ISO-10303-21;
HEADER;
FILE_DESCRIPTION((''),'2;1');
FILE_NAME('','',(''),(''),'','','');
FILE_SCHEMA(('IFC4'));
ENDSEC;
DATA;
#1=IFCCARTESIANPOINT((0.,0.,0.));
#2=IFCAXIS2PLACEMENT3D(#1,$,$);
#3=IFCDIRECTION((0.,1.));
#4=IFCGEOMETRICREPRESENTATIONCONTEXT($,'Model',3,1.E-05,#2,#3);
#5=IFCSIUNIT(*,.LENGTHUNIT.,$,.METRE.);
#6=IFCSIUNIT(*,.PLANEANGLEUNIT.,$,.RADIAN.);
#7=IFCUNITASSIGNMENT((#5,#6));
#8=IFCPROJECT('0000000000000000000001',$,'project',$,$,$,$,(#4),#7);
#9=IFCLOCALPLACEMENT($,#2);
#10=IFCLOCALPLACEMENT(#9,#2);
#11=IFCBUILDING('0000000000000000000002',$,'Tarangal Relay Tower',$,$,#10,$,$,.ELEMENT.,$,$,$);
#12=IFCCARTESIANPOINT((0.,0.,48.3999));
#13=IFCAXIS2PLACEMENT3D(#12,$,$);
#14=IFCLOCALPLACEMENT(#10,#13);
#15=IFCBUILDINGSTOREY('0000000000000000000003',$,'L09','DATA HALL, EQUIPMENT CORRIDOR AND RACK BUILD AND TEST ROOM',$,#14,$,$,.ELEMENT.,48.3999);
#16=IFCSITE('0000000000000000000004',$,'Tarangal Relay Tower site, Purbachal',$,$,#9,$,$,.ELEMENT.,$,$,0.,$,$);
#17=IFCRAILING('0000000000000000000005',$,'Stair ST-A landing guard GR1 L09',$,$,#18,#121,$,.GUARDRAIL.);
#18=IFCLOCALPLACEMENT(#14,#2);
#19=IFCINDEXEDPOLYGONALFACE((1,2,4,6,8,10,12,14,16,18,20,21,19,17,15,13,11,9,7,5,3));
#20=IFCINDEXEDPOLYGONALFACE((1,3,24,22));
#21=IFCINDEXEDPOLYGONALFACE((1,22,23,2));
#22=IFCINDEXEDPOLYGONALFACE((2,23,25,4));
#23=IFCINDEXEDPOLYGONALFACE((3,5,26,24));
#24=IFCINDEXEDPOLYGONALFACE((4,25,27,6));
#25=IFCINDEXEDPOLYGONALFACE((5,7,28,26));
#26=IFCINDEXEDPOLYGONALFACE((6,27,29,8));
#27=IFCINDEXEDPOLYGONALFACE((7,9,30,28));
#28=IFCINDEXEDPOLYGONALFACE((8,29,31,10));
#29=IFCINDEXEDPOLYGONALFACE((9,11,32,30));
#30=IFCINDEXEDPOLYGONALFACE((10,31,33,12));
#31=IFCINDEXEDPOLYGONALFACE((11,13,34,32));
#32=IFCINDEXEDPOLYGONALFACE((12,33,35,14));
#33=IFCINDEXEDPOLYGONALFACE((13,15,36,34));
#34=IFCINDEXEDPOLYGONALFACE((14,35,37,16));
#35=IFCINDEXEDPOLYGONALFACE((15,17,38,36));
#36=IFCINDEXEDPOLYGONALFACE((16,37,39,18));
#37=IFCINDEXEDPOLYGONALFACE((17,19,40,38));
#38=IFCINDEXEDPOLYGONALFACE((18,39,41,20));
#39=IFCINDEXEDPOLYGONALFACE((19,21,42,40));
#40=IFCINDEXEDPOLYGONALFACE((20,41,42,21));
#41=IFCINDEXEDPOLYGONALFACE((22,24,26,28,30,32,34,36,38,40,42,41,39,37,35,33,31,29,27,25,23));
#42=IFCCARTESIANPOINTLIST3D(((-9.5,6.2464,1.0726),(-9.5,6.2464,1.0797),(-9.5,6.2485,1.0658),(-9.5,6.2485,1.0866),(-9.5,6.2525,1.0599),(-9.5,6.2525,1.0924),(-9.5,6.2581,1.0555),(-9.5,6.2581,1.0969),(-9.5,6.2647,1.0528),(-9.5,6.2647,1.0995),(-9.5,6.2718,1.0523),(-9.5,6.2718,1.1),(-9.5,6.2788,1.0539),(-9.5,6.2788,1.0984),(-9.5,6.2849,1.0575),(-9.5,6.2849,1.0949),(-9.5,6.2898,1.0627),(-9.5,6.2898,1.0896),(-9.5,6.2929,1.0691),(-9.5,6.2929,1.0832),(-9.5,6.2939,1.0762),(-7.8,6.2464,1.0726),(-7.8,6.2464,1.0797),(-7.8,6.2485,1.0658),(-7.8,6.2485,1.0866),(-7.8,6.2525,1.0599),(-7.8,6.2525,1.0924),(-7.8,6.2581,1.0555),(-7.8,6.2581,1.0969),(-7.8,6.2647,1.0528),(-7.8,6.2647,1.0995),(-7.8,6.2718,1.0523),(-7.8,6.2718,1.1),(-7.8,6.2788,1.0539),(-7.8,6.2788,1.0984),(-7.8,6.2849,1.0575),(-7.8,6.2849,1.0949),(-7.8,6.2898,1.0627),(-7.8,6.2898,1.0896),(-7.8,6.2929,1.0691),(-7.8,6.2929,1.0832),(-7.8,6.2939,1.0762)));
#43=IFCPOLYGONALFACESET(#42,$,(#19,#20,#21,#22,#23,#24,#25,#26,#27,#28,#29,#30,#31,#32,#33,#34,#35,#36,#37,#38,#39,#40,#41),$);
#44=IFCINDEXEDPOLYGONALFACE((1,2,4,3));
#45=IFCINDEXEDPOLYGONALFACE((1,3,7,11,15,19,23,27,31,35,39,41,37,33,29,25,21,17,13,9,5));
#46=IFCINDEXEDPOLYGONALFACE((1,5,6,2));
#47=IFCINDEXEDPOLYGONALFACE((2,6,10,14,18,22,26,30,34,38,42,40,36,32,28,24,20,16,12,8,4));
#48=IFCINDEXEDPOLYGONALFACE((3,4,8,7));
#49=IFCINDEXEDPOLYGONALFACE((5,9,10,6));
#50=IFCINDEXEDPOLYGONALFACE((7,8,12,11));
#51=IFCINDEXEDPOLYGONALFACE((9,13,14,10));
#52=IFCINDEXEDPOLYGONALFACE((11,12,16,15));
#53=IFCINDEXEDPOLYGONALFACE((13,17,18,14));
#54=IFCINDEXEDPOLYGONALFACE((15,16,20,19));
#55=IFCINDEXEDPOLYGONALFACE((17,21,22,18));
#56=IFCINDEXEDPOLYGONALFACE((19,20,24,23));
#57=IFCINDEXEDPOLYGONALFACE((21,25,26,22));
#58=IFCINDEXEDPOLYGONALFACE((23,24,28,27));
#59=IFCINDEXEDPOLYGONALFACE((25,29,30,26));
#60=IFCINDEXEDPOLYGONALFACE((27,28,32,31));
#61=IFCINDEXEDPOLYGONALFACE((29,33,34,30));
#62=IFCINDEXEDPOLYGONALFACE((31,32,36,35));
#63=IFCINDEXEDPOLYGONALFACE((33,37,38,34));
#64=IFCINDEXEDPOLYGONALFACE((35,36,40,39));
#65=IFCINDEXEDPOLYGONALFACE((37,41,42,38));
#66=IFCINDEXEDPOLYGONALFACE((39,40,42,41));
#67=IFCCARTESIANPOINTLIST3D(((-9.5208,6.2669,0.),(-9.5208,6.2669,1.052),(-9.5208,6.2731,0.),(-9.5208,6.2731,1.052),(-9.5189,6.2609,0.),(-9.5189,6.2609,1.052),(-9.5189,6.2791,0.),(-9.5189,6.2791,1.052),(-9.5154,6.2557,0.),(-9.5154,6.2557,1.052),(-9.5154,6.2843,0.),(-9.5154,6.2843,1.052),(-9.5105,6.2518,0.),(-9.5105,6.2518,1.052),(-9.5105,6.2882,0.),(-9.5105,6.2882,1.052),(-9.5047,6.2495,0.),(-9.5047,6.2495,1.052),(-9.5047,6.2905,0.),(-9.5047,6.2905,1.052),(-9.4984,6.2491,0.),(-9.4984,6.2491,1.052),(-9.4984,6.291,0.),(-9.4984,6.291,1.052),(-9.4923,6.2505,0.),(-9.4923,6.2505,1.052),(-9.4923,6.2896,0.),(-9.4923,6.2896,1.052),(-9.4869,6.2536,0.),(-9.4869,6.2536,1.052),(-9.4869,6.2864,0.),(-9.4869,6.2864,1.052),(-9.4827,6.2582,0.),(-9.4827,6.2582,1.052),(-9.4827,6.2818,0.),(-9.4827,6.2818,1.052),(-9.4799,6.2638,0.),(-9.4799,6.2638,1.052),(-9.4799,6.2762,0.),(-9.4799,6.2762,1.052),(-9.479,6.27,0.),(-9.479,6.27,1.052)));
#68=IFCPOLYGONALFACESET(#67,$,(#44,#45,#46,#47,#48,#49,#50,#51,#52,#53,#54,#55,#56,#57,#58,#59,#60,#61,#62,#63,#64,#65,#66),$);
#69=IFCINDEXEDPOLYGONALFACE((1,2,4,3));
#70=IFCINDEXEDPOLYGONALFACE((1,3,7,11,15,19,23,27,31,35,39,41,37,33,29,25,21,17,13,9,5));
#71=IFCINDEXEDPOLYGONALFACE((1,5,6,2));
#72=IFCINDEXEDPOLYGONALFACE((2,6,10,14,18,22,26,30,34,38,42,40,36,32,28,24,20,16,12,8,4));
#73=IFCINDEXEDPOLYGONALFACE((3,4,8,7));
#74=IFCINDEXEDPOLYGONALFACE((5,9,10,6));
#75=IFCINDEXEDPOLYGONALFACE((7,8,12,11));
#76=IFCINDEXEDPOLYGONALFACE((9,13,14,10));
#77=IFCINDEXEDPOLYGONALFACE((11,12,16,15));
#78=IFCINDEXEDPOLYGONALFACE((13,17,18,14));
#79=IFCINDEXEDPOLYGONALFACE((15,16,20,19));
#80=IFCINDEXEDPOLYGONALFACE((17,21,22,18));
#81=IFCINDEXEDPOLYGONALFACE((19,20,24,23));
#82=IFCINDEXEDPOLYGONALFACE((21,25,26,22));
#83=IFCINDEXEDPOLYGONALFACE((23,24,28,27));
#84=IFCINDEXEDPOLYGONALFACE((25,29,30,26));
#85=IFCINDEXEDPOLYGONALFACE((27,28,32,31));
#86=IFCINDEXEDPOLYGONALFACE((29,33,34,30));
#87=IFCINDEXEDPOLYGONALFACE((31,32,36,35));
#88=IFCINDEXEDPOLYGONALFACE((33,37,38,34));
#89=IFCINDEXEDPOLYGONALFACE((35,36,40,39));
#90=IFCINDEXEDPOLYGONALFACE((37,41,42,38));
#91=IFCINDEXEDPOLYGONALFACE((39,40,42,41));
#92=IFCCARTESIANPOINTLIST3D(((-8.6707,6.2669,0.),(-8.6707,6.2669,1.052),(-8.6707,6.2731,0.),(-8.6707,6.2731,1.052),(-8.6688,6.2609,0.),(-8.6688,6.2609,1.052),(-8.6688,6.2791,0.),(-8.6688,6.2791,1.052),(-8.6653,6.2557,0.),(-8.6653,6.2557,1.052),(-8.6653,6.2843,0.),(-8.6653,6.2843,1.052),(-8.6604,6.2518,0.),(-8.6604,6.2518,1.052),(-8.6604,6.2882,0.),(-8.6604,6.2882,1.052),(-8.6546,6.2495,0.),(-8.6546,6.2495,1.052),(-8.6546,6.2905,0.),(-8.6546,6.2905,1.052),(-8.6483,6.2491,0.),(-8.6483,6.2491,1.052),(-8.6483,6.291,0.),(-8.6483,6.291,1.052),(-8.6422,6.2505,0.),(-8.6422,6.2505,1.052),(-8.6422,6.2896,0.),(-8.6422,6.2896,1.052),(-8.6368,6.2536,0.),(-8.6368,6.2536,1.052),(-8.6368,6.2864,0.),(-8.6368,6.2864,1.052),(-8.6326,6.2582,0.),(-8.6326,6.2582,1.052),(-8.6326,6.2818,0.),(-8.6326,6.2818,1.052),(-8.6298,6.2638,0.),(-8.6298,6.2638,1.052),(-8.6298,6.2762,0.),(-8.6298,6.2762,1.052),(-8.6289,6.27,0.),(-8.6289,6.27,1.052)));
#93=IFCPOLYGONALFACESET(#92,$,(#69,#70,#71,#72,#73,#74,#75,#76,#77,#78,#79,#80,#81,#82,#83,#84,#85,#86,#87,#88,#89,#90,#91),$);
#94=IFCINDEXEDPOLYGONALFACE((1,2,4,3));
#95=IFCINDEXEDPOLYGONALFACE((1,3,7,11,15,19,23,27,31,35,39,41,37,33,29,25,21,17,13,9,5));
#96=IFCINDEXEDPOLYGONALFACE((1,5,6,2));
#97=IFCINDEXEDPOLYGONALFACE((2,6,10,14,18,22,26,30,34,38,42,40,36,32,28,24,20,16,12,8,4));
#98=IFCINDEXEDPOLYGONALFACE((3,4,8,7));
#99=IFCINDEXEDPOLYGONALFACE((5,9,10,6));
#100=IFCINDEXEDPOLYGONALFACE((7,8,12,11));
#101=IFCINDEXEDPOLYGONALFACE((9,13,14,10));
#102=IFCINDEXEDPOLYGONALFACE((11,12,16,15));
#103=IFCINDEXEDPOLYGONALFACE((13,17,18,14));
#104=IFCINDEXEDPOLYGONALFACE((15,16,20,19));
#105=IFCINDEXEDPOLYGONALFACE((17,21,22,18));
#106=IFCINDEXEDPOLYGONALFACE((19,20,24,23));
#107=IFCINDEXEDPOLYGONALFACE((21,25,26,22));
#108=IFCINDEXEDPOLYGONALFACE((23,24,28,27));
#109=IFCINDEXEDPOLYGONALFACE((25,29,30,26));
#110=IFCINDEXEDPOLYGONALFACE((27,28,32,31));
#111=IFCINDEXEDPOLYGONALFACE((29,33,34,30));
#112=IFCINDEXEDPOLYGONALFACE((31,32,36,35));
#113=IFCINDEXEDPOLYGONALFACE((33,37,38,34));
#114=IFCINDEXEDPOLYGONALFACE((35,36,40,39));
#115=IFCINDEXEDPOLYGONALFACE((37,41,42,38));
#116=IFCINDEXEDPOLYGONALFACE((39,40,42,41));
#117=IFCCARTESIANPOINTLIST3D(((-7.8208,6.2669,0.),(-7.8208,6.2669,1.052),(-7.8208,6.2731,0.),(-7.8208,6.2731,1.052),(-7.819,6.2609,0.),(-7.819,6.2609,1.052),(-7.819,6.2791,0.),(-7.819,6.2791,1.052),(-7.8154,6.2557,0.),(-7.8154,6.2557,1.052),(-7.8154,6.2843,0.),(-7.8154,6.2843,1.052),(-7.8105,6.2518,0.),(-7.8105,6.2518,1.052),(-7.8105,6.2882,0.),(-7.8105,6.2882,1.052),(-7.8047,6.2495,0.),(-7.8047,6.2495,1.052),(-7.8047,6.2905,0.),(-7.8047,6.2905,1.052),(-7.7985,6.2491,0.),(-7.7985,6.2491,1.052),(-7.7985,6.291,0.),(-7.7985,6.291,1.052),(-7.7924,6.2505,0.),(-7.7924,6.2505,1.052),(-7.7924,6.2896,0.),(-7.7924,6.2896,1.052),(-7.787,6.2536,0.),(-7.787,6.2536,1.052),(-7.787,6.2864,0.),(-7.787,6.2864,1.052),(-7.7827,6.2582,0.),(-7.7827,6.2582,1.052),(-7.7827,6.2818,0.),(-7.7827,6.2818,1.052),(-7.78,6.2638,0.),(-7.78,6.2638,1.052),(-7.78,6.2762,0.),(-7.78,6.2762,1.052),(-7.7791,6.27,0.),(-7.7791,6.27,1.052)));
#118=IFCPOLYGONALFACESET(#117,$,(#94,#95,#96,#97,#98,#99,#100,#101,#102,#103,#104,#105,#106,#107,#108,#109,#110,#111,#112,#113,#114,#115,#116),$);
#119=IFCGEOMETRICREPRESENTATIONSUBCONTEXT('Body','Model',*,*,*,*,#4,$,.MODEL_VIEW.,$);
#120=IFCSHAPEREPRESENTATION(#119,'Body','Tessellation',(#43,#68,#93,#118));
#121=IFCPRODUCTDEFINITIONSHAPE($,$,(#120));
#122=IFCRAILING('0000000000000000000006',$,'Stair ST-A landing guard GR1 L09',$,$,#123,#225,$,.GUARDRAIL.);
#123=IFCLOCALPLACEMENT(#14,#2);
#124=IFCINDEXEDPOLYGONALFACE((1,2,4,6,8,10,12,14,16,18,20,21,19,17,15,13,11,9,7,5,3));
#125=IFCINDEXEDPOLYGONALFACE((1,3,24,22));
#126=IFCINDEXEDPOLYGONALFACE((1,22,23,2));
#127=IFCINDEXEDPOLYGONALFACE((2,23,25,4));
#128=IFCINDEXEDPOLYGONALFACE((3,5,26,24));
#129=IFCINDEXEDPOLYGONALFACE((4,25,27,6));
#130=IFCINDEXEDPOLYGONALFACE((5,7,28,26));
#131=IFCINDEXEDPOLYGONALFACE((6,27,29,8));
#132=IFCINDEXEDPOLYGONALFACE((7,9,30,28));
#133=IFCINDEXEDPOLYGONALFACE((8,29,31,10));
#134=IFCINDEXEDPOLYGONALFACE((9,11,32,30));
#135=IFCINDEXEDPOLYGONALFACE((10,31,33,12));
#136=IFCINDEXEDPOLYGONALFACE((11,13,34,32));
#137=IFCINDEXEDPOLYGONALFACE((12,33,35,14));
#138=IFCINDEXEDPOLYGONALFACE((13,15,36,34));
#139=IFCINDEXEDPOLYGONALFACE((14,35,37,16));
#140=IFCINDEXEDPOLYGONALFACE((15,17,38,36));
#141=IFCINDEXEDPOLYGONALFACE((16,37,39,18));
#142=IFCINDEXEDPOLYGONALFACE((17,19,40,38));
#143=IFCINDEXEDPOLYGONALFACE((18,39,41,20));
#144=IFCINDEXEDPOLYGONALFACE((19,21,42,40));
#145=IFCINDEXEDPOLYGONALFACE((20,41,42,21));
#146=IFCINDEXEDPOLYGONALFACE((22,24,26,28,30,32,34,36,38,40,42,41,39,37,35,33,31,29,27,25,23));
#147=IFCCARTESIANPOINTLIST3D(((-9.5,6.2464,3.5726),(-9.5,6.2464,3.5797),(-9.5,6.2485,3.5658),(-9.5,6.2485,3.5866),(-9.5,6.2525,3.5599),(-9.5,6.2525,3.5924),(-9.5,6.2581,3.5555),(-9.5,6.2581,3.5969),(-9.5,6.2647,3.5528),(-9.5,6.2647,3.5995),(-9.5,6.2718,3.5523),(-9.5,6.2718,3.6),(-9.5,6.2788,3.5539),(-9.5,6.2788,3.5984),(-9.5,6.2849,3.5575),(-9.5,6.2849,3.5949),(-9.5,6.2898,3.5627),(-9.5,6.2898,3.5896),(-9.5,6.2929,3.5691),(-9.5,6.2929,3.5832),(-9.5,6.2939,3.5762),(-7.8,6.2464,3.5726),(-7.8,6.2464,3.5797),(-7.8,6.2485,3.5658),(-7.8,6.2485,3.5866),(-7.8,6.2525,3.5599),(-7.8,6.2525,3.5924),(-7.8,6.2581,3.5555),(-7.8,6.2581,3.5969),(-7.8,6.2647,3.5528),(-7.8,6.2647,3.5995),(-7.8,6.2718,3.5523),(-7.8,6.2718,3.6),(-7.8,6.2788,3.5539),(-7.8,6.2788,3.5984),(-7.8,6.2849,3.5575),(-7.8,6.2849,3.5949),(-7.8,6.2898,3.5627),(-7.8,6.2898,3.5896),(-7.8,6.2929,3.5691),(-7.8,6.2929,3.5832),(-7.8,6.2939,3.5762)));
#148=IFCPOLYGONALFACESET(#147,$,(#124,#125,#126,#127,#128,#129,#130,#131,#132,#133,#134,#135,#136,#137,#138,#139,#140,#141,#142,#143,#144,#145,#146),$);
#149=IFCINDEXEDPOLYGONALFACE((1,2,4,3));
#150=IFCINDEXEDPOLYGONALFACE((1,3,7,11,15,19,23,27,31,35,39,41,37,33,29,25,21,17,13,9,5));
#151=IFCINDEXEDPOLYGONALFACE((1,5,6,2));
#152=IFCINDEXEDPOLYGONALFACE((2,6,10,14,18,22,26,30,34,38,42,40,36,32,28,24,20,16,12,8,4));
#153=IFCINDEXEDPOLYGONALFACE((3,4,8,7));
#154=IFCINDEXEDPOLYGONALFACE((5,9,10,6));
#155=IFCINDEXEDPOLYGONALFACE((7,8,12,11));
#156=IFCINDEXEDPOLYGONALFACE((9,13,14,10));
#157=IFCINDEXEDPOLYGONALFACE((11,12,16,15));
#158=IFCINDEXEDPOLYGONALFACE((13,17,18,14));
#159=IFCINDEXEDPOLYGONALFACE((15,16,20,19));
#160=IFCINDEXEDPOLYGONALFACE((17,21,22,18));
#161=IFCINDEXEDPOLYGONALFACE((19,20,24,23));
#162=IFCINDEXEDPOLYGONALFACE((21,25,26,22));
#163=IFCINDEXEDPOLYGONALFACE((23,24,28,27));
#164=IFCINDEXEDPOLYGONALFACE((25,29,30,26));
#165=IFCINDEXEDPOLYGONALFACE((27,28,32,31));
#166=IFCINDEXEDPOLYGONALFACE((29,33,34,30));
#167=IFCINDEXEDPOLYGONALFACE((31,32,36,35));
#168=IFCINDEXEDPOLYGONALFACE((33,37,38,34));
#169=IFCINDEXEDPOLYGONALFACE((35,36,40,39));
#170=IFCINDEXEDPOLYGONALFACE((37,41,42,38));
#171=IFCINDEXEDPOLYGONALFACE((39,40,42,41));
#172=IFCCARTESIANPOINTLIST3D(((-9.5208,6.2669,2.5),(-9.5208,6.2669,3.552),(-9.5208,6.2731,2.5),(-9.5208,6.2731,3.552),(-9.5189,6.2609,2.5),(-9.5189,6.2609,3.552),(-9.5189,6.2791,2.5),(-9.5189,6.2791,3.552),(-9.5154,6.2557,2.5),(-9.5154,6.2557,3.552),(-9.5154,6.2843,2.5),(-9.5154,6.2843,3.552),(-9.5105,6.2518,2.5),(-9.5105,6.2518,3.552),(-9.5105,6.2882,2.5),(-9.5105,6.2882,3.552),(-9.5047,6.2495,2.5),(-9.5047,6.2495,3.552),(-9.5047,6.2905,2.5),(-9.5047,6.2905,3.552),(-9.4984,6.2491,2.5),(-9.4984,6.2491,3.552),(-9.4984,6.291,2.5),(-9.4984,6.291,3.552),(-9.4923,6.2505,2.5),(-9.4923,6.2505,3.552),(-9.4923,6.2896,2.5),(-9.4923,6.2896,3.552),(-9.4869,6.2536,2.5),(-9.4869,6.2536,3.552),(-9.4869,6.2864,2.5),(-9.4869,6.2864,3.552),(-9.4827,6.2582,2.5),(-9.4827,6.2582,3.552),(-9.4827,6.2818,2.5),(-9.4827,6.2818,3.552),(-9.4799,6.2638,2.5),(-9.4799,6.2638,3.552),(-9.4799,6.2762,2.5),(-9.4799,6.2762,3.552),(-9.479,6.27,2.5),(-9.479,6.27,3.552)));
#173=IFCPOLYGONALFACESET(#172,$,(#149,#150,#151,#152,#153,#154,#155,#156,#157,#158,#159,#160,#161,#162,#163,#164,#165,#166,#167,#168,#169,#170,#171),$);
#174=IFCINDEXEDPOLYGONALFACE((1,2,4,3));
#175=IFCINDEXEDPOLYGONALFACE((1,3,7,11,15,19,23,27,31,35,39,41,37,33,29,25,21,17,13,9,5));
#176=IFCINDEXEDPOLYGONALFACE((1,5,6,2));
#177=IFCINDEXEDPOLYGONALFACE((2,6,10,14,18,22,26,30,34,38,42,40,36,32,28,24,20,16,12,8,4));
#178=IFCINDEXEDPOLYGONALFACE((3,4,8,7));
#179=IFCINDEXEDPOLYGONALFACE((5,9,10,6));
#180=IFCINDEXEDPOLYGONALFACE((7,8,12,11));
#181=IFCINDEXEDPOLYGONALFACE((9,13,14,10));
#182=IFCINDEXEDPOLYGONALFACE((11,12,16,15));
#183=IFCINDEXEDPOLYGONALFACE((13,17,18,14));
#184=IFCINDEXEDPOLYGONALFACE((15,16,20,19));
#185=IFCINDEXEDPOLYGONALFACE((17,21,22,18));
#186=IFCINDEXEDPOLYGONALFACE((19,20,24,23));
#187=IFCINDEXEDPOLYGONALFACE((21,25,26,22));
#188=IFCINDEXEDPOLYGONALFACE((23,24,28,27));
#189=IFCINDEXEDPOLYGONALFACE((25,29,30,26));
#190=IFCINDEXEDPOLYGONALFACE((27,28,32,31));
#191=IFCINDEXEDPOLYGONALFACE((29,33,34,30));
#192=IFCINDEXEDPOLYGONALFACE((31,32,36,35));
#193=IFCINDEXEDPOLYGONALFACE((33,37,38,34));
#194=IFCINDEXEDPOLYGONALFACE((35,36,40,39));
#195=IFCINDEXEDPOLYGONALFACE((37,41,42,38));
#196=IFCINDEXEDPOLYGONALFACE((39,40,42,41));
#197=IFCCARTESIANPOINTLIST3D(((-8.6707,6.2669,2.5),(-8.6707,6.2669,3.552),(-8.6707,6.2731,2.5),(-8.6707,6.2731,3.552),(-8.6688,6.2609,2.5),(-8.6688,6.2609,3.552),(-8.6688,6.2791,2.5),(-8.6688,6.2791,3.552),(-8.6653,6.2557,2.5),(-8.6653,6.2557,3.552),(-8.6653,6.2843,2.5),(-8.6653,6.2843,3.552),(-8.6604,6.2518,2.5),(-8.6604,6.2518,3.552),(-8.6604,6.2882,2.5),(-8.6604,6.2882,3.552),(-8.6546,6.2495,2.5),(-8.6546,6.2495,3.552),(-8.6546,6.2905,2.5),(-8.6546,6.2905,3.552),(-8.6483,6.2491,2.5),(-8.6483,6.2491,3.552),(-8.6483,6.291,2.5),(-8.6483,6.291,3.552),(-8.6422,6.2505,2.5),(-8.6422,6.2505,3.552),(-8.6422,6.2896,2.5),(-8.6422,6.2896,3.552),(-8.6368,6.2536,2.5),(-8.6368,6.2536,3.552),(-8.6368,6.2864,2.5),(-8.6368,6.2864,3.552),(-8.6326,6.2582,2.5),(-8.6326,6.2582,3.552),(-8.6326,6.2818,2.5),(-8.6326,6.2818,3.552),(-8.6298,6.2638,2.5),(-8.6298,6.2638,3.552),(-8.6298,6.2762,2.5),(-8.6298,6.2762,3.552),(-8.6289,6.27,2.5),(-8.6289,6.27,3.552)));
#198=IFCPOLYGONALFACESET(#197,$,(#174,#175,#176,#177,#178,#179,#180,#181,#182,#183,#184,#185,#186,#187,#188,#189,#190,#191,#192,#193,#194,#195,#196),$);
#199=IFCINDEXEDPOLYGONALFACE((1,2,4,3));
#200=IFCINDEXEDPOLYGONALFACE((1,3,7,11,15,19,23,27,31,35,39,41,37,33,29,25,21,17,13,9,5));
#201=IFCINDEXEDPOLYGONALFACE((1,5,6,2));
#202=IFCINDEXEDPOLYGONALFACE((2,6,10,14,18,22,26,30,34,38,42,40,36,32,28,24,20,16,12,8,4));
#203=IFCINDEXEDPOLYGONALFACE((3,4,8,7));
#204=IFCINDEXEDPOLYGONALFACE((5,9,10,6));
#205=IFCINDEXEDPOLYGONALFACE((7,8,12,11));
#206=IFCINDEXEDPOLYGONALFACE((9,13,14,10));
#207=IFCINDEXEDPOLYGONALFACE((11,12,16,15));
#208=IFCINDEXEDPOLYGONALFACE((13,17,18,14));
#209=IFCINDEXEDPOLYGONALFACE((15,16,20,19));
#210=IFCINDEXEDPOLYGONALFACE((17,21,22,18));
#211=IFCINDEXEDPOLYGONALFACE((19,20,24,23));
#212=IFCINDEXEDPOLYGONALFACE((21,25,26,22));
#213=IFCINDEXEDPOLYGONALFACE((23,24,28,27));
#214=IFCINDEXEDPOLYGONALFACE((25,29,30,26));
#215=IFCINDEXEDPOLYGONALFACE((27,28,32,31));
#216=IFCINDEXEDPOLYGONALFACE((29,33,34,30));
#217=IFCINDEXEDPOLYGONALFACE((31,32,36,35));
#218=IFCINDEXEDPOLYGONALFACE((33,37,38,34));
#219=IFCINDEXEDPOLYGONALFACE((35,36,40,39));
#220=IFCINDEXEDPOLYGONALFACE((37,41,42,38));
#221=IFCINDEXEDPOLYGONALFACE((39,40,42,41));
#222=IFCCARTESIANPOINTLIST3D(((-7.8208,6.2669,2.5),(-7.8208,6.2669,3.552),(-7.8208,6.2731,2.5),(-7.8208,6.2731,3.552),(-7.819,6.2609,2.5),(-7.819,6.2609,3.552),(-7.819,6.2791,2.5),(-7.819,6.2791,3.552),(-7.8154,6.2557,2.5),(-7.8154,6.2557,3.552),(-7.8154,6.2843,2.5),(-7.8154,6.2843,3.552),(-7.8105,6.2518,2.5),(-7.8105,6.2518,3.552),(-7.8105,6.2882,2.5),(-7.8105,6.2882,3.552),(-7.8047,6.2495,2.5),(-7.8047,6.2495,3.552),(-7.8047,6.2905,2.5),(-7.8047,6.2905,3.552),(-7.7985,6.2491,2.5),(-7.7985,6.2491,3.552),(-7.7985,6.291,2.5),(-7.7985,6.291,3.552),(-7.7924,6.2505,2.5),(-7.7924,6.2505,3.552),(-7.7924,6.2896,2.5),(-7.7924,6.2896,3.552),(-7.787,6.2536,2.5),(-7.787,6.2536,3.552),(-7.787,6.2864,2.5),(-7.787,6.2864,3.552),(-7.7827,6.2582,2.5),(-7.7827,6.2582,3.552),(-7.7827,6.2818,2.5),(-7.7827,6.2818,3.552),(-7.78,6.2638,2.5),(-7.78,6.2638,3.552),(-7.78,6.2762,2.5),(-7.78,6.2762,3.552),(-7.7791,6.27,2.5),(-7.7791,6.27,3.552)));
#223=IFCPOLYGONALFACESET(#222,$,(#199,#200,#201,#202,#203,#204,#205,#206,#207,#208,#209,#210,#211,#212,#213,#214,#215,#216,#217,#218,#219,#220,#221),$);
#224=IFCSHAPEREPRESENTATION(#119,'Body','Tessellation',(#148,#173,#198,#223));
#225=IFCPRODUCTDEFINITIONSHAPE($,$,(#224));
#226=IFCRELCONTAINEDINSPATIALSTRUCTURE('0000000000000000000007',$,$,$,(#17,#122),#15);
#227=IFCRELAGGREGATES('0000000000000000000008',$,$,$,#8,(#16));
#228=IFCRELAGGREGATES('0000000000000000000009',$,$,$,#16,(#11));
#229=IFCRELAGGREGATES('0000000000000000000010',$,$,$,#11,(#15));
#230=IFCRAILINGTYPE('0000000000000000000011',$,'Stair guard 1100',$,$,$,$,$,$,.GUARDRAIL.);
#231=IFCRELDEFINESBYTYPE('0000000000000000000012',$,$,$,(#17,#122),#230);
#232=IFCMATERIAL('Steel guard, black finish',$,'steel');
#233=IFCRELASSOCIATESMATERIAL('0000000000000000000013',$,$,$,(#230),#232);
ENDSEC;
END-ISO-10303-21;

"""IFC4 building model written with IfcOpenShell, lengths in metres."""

from ifc_helpers import new_model, si_unit, direction, frame, origin, origin_2d, place, context, subcontext, project, spatial, circle, extrude, material, type_object, element, save


model = new_model("IFC4")

# Units and contexts
model_context = context("Model", 3, precision=1e-05, world=origin(), true_north=direction((0.0, 1.0)))
body_context = subcontext(model_context, "Body", "Model", "MODEL_VIEW")
ifc_project = project(units=[si_unit("LENGTHUNIT", "METRE"), si_unit("PLANEANGLEUNIT", "RADIAN")], contexts=[model_context])

# Site, building, storey
site_placement = place(None, origin())
site = spatial("IfcSite", under=ifc_project, at=site_placement, Name="Tarangal Relay Tower site, Purbachal", CompositionType="ELEMENT", RefElevation=0.0)
building_placement = place(site_placement, origin())
building = spatial("IfcBuilding", under=site, at=building_placement, Name="Tarangal Relay Tower", CompositionType="ELEMENT")
storey_placement = place(building_placement, frame((0.0, 0.0, 48.3999)))
storey = spatial("IfcBuildingStorey", under=building, at=storey_placement, Name="L09", Description="DATA HALL, EQUIPMENT CORRIDOR AND RACK BUILD AND TEST ROOM", CompositionType="ELEMENT", Elevation=48.3999)

# Railings
ifc_material_1 = material(Name="Steel guard, black finish", Category="steel")
railing_type = type_object("IfcRailingType", Name="Stair guard 1100", PredefinedType="GUARDRAIL", material=ifc_material_1)
for number, where, name in (
    (1, (-9.5, 6.27, 0.0), "Stair ST-A landing guard GR1 L09"),
    (2, (-9.5, 6.27, 2.5), "Stair ST-A landing guard GR1 L09"),
):
    element("IfcRailing", number, at=place(storey_placement, frame(where)), inside=storey, type_object=railing_type, Name=name, PredefinedType="GUARDRAIL", context=body_context, shape_type="SweptSolid", body=[
        extrude(circle(Radius=0.0239, at=origin_2d()), frame((0.0, 0.0, 1.0762), z_axis=(1.0, 0.0, 0.0), x_axis=(0.0, 1.0, 0.0)), (0.0, 0.0, 1.0), 1.7),
        extrude(circle(Radius=0.021, at=origin_2d()), origin(), (0.0, 0.0, 1.0), 1.052),
        extrude(circle(Radius=0.021, at=origin_2d()), frame((0.8501, 0.0, 0.0)), (0.0, 0.0, 1.0), 1.052),
        extrude(circle(Radius=0.021, at=origin_2d()), frame((1.7, 0.0, 0.0)), (0.0, 0.0, 1.0), 1.052),
    ])

save(model, "model.ifc")
